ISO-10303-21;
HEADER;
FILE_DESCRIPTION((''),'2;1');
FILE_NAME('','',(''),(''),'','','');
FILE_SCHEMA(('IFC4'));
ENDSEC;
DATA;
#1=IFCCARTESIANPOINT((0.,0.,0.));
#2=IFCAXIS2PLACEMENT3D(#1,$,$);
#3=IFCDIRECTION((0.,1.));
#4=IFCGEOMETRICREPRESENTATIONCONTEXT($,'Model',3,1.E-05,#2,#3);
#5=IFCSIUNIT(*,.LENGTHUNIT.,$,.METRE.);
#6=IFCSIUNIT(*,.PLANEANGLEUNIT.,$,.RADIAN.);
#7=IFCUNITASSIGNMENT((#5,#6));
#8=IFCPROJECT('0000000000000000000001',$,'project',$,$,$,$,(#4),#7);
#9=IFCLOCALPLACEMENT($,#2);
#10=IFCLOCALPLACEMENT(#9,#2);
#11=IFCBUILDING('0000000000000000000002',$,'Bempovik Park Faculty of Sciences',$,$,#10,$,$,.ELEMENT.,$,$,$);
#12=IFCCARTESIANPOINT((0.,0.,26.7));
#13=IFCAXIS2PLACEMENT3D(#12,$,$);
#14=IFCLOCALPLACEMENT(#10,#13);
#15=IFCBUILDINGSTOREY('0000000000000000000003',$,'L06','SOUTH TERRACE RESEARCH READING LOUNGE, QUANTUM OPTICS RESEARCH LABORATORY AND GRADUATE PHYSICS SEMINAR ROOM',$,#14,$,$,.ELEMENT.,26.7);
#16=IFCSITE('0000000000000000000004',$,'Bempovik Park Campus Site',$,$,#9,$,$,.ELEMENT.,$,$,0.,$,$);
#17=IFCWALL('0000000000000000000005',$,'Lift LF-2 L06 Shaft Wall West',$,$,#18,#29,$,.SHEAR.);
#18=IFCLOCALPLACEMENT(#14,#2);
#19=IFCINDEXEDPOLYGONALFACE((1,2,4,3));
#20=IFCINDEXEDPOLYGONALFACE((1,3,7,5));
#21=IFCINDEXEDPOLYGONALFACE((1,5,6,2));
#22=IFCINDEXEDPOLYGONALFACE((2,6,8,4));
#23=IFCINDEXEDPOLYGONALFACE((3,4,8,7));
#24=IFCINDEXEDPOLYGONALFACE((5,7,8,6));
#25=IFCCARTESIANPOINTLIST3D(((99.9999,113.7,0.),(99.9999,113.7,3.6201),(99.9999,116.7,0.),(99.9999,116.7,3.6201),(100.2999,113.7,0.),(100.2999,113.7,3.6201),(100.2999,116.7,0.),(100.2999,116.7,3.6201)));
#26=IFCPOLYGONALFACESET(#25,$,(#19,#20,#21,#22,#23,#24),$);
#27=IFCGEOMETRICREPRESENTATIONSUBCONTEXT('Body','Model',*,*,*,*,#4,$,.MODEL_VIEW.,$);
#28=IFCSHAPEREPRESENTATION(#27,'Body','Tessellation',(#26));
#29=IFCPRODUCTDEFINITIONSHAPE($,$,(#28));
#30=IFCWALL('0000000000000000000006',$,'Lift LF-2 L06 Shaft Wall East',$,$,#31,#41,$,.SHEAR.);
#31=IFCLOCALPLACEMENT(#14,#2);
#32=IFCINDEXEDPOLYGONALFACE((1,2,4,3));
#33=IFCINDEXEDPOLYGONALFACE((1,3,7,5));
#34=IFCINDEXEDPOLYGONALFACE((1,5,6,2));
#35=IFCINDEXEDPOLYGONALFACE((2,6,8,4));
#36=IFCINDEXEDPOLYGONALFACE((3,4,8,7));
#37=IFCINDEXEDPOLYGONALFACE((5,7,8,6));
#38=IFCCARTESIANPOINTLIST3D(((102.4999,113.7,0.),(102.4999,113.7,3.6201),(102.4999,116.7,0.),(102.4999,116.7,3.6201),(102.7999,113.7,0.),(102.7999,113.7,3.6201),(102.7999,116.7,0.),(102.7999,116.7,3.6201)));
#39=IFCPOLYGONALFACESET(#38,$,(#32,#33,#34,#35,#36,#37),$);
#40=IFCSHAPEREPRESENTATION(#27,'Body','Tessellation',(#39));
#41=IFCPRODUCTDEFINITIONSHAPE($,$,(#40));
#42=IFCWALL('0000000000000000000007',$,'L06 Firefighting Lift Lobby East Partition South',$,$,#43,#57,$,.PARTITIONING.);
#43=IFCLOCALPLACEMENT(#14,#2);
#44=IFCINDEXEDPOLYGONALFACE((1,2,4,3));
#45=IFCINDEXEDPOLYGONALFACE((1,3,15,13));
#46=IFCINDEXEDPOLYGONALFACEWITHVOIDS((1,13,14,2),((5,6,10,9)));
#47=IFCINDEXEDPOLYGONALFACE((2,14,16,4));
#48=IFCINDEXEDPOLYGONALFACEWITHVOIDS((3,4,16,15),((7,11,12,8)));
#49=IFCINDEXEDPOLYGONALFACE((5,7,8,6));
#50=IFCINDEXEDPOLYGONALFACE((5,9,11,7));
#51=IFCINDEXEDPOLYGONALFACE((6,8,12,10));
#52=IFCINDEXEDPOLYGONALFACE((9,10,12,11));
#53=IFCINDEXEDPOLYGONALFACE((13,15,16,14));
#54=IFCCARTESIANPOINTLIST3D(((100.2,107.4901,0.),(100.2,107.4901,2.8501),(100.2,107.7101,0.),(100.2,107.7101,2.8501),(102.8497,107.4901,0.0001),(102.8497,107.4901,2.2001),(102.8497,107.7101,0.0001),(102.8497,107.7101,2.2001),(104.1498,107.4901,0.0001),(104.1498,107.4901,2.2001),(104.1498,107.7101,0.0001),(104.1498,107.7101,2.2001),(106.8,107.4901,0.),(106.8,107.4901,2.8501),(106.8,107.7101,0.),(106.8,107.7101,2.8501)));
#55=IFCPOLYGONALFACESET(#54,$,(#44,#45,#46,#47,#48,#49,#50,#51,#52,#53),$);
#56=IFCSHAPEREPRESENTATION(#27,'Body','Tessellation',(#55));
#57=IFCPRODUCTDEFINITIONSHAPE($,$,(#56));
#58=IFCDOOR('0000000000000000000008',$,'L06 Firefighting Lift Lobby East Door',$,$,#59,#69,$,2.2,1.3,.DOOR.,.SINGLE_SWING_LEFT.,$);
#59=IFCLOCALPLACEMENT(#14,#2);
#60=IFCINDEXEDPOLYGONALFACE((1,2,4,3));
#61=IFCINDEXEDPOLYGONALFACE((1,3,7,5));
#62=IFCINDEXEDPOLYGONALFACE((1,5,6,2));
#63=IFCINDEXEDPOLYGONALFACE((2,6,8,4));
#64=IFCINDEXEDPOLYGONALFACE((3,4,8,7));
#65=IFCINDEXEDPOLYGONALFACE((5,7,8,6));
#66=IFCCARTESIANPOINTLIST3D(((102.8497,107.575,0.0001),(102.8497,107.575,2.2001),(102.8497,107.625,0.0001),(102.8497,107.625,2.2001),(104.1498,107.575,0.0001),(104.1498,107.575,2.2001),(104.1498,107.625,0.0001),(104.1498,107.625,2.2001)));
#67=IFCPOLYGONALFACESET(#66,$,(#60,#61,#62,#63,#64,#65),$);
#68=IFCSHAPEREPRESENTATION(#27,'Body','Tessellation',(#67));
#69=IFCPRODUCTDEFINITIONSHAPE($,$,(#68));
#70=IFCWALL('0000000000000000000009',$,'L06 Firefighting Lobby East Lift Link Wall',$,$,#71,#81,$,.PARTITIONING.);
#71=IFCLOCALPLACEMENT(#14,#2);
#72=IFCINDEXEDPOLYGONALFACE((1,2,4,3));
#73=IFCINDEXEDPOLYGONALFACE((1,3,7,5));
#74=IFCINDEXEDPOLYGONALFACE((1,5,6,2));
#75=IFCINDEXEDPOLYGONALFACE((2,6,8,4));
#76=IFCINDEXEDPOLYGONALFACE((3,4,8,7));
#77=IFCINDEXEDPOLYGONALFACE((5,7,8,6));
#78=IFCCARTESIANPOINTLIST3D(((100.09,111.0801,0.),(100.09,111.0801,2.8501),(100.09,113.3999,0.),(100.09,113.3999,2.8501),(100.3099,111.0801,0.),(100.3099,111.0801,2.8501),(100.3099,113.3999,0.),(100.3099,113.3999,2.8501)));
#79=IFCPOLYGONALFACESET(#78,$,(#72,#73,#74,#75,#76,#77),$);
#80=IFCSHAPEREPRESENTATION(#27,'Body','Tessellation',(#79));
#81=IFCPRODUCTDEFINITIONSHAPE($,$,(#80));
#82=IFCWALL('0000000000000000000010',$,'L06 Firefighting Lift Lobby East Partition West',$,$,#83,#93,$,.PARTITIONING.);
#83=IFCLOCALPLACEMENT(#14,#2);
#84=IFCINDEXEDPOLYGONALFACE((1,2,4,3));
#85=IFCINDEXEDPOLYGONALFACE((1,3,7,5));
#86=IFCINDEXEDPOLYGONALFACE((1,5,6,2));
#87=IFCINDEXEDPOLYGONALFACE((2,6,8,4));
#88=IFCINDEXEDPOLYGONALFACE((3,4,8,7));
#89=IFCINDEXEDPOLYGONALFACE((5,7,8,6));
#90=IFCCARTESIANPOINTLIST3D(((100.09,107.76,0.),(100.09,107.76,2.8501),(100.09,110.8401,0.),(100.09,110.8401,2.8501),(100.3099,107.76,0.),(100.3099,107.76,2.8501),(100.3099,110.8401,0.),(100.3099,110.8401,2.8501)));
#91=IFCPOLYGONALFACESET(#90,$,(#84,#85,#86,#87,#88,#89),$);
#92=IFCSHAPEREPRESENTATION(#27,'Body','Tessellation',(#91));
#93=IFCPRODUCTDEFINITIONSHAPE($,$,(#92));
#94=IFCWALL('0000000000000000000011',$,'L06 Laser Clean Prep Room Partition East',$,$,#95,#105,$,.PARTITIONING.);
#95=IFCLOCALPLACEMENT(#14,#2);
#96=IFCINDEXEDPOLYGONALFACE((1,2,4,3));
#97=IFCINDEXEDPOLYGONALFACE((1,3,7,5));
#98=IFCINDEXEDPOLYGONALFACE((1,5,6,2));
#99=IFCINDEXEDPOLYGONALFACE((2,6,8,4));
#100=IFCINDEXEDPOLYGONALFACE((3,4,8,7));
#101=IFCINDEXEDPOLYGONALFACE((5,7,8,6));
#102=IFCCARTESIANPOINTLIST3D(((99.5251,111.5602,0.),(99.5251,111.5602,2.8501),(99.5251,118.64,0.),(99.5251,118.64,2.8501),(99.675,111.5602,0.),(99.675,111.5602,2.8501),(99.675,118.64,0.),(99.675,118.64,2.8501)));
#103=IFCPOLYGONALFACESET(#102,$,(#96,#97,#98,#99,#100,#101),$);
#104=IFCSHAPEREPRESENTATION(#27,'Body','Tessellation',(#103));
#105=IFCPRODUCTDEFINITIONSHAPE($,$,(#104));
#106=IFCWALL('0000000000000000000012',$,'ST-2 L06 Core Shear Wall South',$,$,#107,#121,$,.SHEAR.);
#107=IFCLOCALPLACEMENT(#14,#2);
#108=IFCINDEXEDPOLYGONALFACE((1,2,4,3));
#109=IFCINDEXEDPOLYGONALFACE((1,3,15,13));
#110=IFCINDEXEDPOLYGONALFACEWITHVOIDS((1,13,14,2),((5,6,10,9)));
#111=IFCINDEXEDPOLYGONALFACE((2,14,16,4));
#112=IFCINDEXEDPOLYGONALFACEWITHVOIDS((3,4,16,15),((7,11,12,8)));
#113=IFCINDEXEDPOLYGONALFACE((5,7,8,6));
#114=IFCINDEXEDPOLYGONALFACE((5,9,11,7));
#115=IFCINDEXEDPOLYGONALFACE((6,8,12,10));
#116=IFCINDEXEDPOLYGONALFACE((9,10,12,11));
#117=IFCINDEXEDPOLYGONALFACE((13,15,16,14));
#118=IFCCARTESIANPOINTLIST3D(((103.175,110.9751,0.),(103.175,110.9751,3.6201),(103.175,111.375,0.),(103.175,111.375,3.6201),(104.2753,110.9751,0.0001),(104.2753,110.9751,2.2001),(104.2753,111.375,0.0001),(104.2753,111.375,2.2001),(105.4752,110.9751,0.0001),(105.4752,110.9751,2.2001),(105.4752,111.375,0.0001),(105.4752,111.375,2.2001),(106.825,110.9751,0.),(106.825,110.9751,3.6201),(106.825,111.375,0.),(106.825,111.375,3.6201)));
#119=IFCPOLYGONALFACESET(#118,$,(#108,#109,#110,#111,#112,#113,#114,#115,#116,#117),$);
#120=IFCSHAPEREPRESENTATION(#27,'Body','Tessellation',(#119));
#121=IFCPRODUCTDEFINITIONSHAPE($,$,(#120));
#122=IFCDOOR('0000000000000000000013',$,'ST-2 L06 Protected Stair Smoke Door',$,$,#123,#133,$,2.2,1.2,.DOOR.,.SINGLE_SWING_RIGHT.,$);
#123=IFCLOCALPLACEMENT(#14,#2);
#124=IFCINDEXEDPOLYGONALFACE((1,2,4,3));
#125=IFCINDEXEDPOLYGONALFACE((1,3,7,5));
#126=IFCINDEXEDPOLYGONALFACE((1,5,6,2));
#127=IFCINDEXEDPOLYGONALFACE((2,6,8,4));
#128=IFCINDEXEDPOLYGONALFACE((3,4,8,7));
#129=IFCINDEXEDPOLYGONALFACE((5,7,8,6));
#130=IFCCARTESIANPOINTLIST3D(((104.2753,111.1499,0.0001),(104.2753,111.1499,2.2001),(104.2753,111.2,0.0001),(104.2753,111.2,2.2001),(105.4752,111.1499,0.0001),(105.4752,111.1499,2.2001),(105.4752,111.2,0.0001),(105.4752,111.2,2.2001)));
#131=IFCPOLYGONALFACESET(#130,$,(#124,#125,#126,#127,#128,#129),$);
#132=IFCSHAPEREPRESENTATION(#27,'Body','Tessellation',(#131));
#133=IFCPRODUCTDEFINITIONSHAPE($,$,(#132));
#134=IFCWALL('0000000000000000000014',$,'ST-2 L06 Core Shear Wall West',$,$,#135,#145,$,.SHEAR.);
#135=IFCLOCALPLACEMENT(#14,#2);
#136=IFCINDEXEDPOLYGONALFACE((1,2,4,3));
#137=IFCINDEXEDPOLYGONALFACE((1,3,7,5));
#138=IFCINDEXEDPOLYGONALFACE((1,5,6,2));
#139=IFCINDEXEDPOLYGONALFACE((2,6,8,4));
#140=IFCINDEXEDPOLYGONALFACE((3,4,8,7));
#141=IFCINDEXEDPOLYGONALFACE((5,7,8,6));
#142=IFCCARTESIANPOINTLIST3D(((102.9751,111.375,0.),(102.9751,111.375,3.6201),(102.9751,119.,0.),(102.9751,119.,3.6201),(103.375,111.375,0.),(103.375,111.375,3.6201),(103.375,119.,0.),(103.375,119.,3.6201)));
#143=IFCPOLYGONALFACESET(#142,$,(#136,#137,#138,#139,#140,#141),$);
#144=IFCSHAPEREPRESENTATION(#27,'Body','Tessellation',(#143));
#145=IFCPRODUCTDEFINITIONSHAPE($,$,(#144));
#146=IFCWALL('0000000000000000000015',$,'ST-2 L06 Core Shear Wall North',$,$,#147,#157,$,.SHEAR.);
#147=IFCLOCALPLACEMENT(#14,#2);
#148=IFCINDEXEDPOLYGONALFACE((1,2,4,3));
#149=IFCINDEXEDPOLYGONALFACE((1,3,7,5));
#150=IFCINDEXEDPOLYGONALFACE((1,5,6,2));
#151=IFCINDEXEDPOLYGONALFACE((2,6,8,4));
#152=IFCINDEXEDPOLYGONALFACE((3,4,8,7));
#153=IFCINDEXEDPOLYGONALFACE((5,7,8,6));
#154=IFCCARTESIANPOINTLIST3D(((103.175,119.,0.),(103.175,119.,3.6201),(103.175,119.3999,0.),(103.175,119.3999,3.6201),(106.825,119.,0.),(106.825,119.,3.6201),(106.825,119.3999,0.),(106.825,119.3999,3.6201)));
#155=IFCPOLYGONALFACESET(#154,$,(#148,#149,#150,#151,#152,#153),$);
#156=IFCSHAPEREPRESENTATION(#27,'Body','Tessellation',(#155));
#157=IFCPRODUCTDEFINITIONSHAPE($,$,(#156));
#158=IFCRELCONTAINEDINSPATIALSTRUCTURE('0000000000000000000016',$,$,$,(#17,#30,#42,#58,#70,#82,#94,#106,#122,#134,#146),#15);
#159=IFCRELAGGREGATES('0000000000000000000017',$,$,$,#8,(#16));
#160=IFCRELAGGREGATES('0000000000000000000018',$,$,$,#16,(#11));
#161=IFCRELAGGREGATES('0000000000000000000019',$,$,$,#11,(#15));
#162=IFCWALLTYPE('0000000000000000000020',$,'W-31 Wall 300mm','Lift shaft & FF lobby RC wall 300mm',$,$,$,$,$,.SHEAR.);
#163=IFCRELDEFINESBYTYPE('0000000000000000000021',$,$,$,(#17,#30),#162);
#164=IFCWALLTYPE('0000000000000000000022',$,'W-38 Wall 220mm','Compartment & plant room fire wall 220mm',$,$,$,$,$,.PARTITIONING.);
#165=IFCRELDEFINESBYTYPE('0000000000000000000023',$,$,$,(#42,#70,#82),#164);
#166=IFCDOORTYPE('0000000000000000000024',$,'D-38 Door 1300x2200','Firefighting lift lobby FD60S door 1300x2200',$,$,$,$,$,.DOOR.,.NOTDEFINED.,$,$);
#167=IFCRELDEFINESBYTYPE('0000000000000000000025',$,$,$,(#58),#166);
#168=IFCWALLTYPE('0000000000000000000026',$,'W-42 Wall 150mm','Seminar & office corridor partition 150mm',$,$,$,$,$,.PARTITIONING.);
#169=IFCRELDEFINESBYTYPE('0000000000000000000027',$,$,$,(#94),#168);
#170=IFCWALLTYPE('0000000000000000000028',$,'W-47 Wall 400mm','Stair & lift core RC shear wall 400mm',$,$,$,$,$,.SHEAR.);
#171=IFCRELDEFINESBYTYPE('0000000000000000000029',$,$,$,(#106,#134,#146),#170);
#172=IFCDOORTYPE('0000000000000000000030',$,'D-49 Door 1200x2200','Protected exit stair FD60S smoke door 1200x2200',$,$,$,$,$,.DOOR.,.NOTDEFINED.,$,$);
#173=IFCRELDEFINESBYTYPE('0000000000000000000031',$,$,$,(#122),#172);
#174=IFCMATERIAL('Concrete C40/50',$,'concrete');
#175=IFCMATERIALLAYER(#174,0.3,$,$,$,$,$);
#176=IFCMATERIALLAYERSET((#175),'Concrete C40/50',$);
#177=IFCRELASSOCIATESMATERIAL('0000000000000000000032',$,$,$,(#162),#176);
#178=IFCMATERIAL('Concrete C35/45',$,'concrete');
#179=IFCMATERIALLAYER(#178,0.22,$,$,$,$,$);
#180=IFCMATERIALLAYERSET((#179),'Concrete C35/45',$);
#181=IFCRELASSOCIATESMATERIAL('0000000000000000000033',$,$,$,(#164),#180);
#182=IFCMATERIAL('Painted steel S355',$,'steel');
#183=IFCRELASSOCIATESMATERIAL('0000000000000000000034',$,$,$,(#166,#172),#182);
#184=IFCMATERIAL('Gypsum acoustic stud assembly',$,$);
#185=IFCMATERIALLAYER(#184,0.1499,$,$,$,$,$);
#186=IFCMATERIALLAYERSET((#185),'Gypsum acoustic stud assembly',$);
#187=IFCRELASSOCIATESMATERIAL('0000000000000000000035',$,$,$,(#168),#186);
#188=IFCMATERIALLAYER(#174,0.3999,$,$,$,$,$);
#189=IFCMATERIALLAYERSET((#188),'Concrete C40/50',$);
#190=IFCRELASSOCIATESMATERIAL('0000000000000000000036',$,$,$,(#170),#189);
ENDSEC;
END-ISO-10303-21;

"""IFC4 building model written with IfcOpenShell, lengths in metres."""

from ifc_helpers import new_model, si_unit, direction, frame, frame_2d, origin, place, context, subcontext, project, spatial, rectangle, extrude, material, layer, layer_set, type_object, element, fill, save


model = new_model("IFC4")

# Units and contexts
model_context = context("Model", 3, precision=1e-05, world=origin(), true_north=direction((0.0, 1.0)))
body_context = subcontext(model_context, "Body", "Model", "MODEL_VIEW")
ifc_project = project(units=[si_unit("LENGTHUNIT", "METRE"), si_unit("PLANEANGLEUNIT", "RADIAN")], contexts=[model_context])

# Site, building, storey
site_placement = place(None, origin())
site = spatial("IfcSite", under=ifc_project, at=site_placement, Name="Bempovik Park Campus Site", CompositionType="ELEMENT", RefElevation=0.0)
building_placement = place(site_placement, origin())
building = spatial("IfcBuilding", under=site, at=building_placement, Name="Bempovik Park Faculty of Sciences", CompositionType="ELEMENT")
storey_placement = place(building_placement, frame((0.0, 0.0, 26.7)))
storey = spatial("IfcBuildingStorey", under=building, at=storey_placement, Name="L06", Description="SOUTH TERRACE RESEARCH READING LOUNGE, QUANTUM OPTICS RESEARCH LABORATORY AND GRADUATE PHYSICS SEMINAR ROOM", CompositionType="ELEMENT", Elevation=26.7)

# Shared definitions
ifc_material_1 = material(Name="Concrete C40/50", Category="concrete")

# Shared definitions
ifc_material_2 = material(Name="Concrete C35/45", Category="concrete")

# Shared definitions
ifc_layer_1 = layer(ifc_material_1, 0.3)
ifc_layer_set_1 = layer_set([ifc_layer_1], Name="Concrete C40/50")
wall_type_1 = type_object("IfcWallType", Name="W-31 Wall 300mm", Description="Lift shaft & FF lobby RC wall 300mm", PredefinedType="SHEAR", material=ifc_layer_set_1)
ifc_material_3 = material(Name="Painted steel S355", Category="steel")

# Walls
for number, where, z_axis, x_axis, name in (
    (1, (100.1499, 113.7, 0.0), (0.0, 0.0, 1.0), (0.0, 1.0, 0.0), "Lift LF-2 L06 Shaft Wall West"),
    (2, (102.6499, 113.7, 0.0), (0.0, 0.0, 1.0), (0.0, 1.0, 0.0), "Lift LF-2 L06 Shaft Wall East"),
):
    element("IfcWall", number, at=place(storey_placement, frame(where, z_axis=z_axis, x_axis=x_axis)), inside=storey, type_object=wall_type_1, Name=name, PredefinedType="SHEAR", context=body_context, shape_type="SweptSolid", body=[
        extrude(rectangle(XDim=3.0, YDim=0.3, at=frame_2d((1.5, 0.0))), origin(), (0.0, 0.0, 1.0), 3.6201),
    ])

# Wall, opening, door
ifc_layer_2 = layer(ifc_material_2, 0.22)
ifc_layer_set_2 = layer_set([ifc_layer_2], Name="Concrete C35/45")
wall_type_2 = type_object("IfcWallType", Name="W-38 Wall 220mm", Description="Compartment & plant room fire wall 220mm", PredefinedType="PARTITIONING", material=ifc_layer_set_2)
wall_1_placement = place(storey_placement, frame((100.2, 107.6001, 0.0), z_axis=(0.0, 0.0, 1.0), x_axis=(1.0, 0.0, 0.0)))
wall_1 = element("IfcWall", 3, at=wall_1_placement, inside=storey, type_object=wall_type_2, Name="L06 Firefighting Lift Lobby East Partition South", PredefinedType="PARTITIONING", context=body_context, shape_type="SweptSolid", body=[
    extrude(rectangle(XDim=6.6001, YDim=0.22, at=frame_2d((3.3, 0.0))), origin(), (0.0, 0.0, 1.0), 2.8501),
])
opening_1_placement = place(wall_1_placement, frame((2.6499, 0.0, 0.0)))
opening_1 = element("IfcOpeningElement", 4, at=opening_1_placement, cuts=wall_1, PredefinedType="OPENING", context=body_context, shape_type="SweptSolid", body=[
    extrude(rectangle(XDim=1.3, YDim=2.2, at=frame_2d((0.6499, 1.1001))), frame((0.0, 0.1201, 0.0), z_axis=(0.0, -1.0, 0.0), x_axis=(1.0, 0.0, 0.0)), (0.0, 0.0, 1.0), 0.24),
])
door_type_1 = type_object("IfcDoorType", Name="D-38 Door 1300x2200", Description="Firefighting lift lobby FD60S door 1300x2200", OperationType="NOTDEFINED", PredefinedType="DOOR", material=ifc_material_3)
door_1_placement = place(opening_1_placement, origin())
door_1 = element("IfcDoor", 5, at=door_1_placement, inside=storey, type_object=door_type_1, Name="L06 Firefighting Lift Lobby East Door", OperationType="SINGLE_SWING_LEFT", OverallHeight=2.2, OverallWidth=1.3, PredefinedType="DOOR", context=body_context, shape_type="SweptSolid", body=[
    extrude(rectangle(XDim=1.3, YDim=2.2, at=frame_2d((0.6499, 1.1001))), frame((0.0, 0.0249, 0.0), z_axis=(0.0, -1.0, 0.0), x_axis=(1.0, 0.0, 0.0)), (0.0, 0.0, 1.0), 0.05),
])
fill(opening_1, door_1)

# Walls
wall_2_placement = place(storey_placement, frame((100.2, 111.0801, 0.0), z_axis=(0.0, 0.0, 1.0), x_axis=(0.0, 1.0, 0.0)))
element("IfcWall", 6, at=wall_2_placement, inside=storey, type_object=wall_type_2, Name="L06 Firefighting Lobby East Lift Link Wall", PredefinedType="PARTITIONING", context=body_context, shape_type="SweptSolid", body=[
    extrude(rectangle(XDim=2.3198, YDim=0.22, at=frame_2d((1.1599, 0.0))), origin(), (0.0, 0.0, 1.0), 2.8501),
])
wall_3_placement = place(storey_placement, frame((100.2, 107.76, 0.0), z_axis=(0.0, 0.0, 1.0), x_axis=(0.0, 1.0, 0.0)))
element("IfcWall", 7, at=wall_3_placement, inside=storey, type_object=wall_type_2, Name="L06 Firefighting Lift Lobby East Partition West", PredefinedType="PARTITIONING", context=body_context, shape_type="SweptSolid", body=[
    extrude(rectangle(XDim=3.0801, YDim=0.22, at=frame_2d((1.54, 0.0))), origin(), (0.0, 0.0, 1.0), 2.8501),
])
ifc_material_4 = material(Name="Gypsum acoustic stud assembly")
ifc_layer_3 = layer(ifc_material_4, 0.1499)
ifc_layer_set_3 = layer_set([ifc_layer_3], Name="Gypsum acoustic stud assembly")
wall_type_3 = type_object("IfcWallType", Name="W-42 Wall 150mm", Description="Seminar & office corridor partition 150mm", PredefinedType="PARTITIONING", material=ifc_layer_set_3)
wall_4_placement = place(storey_placement, frame((99.6001, 111.5601, 0.0), z_axis=(0.0, 0.0, 1.0), x_axis=(0.0, 1.0, 0.0)))
element("IfcWall", 8, at=wall_4_placement, inside=storey, type_object=wall_type_3, Name="L06 Laser Clean Prep Room Partition East", PredefinedType="PARTITIONING", context=body_context, shape_type="SweptSolid", body=[
    extrude(rectangle(XDim=7.0798, YDim=0.1499, at=frame_2d((3.54, 0.0))), origin(), (0.0, 0.0, 1.0), 2.8501),
])

# Wall, opening, door
ifc_layer_4 = layer(ifc_material_1, 0.3999)
ifc_layer_set_4 = layer_set([ifc_layer_4], Name="Concrete C40/50")
wall_type_4 = type_object("IfcWallType", Name="W-47 Wall 400mm", Description="Stair & lift core RC shear wall 400mm", PredefinedType="SHEAR", material=ifc_layer_set_4)
wall_5_placement = place(storey_placement, frame((103.175, 111.175, 0.0), z_axis=(0.0, 0.0, 1.0), x_axis=(1.0, 0.0, 0.0)))
wall_5 = element("IfcWall", 9, at=wall_5_placement, inside=storey, type_object=wall_type_4, Name="ST-2 L06 Core Shear Wall South", PredefinedType="SHEAR", context=body_context, shape_type="SweptSolid", body=[
    extrude(rectangle(XDim=3.6499, YDim=0.3999, at=frame_2d((1.825, 0.0))), origin(), (0.0, 0.0, 1.0), 3.6201),
])
opening_2_placement = place(wall_5_placement, frame((1.1001, 0.0, 0.0)))
opening_2 = element("IfcOpeningElement", 10, at=opening_2_placement, cuts=wall_5, PredefinedType="OPENING", context=body_context, shape_type="SweptSolid", body=[
    extrude(rectangle(XDim=1.2, YDim=2.2, at=frame_2d((0.6001, 1.1001))), frame((0.0, 0.21, 0.0), z_axis=(0.0, -1.0, 0.0), x_axis=(1.0, 0.0, 0.0)), (0.0, 0.0, 1.0), 0.4199),
])
door_type_2 = type_object("IfcDoorType", Name="D-49 Door 1200x2200", Description="Protected exit stair FD60S smoke door 1200x2200", OperationType="NOTDEFINED", PredefinedType="DOOR", material=ifc_material_3)
door_2_placement = place(opening_2_placement, origin())
door_2 = element("IfcDoor", 11, at=door_2_placement, inside=storey, type_object=door_type_2, Name="ST-2 L06 Protected Stair Smoke Door", OperationType="SINGLE_SWING_RIGHT", OverallHeight=2.2, OverallWidth=1.2, PredefinedType="DOOR", context=body_context, shape_type="SweptSolid", body=[
    extrude(rectangle(XDim=1.2, YDim=2.2, at=frame_2d((0.6001, 1.1001))), frame((0.0, 0.0249, 0.0), z_axis=(0.0, -1.0, 0.0), x_axis=(1.0, 0.0, 0.0)), (0.0, 0.0, 1.0), 0.05),
])
fill(opening_2, door_2)

# Walls
wall_6_placement = place(storey_placement, frame((103.175, 111.375, 0.0), z_axis=(0.0, 0.0, 1.0), x_axis=(0.0, 1.0, 0.0)))
element("IfcWall", 12, at=wall_6_placement, inside=storey, type_object=wall_type_4, Name="ST-2 L06 Core Shear Wall West", PredefinedType="SHEAR", context=body_context, shape_type="SweptSolid", body=[
    extrude(rectangle(XDim=7.625, YDim=0.3999, at=frame_2d((3.8125, 0.0))), origin(), (0.0, 0.0, 1.0), 3.6201),
])
wall_7_placement = place(storey_placement, frame((103.175, 119.2, 0.0), z_axis=(0.0, 0.0, 1.0), x_axis=(1.0, 0.0, 0.0)))
element("IfcWall", 13, at=wall_7_placement, inside=storey, type_object=wall_type_4, Name="ST-2 L06 Core Shear Wall North", PredefinedType="SHEAR", context=body_context, shape_type="SweptSolid", body=[
    extrude(rectangle(XDim=3.6499, YDim=0.3999, at=frame_2d((1.825, 0.0))), origin(), (0.0, 0.0, 1.0), 3.6201),
])

save(model, "model.ifc")
